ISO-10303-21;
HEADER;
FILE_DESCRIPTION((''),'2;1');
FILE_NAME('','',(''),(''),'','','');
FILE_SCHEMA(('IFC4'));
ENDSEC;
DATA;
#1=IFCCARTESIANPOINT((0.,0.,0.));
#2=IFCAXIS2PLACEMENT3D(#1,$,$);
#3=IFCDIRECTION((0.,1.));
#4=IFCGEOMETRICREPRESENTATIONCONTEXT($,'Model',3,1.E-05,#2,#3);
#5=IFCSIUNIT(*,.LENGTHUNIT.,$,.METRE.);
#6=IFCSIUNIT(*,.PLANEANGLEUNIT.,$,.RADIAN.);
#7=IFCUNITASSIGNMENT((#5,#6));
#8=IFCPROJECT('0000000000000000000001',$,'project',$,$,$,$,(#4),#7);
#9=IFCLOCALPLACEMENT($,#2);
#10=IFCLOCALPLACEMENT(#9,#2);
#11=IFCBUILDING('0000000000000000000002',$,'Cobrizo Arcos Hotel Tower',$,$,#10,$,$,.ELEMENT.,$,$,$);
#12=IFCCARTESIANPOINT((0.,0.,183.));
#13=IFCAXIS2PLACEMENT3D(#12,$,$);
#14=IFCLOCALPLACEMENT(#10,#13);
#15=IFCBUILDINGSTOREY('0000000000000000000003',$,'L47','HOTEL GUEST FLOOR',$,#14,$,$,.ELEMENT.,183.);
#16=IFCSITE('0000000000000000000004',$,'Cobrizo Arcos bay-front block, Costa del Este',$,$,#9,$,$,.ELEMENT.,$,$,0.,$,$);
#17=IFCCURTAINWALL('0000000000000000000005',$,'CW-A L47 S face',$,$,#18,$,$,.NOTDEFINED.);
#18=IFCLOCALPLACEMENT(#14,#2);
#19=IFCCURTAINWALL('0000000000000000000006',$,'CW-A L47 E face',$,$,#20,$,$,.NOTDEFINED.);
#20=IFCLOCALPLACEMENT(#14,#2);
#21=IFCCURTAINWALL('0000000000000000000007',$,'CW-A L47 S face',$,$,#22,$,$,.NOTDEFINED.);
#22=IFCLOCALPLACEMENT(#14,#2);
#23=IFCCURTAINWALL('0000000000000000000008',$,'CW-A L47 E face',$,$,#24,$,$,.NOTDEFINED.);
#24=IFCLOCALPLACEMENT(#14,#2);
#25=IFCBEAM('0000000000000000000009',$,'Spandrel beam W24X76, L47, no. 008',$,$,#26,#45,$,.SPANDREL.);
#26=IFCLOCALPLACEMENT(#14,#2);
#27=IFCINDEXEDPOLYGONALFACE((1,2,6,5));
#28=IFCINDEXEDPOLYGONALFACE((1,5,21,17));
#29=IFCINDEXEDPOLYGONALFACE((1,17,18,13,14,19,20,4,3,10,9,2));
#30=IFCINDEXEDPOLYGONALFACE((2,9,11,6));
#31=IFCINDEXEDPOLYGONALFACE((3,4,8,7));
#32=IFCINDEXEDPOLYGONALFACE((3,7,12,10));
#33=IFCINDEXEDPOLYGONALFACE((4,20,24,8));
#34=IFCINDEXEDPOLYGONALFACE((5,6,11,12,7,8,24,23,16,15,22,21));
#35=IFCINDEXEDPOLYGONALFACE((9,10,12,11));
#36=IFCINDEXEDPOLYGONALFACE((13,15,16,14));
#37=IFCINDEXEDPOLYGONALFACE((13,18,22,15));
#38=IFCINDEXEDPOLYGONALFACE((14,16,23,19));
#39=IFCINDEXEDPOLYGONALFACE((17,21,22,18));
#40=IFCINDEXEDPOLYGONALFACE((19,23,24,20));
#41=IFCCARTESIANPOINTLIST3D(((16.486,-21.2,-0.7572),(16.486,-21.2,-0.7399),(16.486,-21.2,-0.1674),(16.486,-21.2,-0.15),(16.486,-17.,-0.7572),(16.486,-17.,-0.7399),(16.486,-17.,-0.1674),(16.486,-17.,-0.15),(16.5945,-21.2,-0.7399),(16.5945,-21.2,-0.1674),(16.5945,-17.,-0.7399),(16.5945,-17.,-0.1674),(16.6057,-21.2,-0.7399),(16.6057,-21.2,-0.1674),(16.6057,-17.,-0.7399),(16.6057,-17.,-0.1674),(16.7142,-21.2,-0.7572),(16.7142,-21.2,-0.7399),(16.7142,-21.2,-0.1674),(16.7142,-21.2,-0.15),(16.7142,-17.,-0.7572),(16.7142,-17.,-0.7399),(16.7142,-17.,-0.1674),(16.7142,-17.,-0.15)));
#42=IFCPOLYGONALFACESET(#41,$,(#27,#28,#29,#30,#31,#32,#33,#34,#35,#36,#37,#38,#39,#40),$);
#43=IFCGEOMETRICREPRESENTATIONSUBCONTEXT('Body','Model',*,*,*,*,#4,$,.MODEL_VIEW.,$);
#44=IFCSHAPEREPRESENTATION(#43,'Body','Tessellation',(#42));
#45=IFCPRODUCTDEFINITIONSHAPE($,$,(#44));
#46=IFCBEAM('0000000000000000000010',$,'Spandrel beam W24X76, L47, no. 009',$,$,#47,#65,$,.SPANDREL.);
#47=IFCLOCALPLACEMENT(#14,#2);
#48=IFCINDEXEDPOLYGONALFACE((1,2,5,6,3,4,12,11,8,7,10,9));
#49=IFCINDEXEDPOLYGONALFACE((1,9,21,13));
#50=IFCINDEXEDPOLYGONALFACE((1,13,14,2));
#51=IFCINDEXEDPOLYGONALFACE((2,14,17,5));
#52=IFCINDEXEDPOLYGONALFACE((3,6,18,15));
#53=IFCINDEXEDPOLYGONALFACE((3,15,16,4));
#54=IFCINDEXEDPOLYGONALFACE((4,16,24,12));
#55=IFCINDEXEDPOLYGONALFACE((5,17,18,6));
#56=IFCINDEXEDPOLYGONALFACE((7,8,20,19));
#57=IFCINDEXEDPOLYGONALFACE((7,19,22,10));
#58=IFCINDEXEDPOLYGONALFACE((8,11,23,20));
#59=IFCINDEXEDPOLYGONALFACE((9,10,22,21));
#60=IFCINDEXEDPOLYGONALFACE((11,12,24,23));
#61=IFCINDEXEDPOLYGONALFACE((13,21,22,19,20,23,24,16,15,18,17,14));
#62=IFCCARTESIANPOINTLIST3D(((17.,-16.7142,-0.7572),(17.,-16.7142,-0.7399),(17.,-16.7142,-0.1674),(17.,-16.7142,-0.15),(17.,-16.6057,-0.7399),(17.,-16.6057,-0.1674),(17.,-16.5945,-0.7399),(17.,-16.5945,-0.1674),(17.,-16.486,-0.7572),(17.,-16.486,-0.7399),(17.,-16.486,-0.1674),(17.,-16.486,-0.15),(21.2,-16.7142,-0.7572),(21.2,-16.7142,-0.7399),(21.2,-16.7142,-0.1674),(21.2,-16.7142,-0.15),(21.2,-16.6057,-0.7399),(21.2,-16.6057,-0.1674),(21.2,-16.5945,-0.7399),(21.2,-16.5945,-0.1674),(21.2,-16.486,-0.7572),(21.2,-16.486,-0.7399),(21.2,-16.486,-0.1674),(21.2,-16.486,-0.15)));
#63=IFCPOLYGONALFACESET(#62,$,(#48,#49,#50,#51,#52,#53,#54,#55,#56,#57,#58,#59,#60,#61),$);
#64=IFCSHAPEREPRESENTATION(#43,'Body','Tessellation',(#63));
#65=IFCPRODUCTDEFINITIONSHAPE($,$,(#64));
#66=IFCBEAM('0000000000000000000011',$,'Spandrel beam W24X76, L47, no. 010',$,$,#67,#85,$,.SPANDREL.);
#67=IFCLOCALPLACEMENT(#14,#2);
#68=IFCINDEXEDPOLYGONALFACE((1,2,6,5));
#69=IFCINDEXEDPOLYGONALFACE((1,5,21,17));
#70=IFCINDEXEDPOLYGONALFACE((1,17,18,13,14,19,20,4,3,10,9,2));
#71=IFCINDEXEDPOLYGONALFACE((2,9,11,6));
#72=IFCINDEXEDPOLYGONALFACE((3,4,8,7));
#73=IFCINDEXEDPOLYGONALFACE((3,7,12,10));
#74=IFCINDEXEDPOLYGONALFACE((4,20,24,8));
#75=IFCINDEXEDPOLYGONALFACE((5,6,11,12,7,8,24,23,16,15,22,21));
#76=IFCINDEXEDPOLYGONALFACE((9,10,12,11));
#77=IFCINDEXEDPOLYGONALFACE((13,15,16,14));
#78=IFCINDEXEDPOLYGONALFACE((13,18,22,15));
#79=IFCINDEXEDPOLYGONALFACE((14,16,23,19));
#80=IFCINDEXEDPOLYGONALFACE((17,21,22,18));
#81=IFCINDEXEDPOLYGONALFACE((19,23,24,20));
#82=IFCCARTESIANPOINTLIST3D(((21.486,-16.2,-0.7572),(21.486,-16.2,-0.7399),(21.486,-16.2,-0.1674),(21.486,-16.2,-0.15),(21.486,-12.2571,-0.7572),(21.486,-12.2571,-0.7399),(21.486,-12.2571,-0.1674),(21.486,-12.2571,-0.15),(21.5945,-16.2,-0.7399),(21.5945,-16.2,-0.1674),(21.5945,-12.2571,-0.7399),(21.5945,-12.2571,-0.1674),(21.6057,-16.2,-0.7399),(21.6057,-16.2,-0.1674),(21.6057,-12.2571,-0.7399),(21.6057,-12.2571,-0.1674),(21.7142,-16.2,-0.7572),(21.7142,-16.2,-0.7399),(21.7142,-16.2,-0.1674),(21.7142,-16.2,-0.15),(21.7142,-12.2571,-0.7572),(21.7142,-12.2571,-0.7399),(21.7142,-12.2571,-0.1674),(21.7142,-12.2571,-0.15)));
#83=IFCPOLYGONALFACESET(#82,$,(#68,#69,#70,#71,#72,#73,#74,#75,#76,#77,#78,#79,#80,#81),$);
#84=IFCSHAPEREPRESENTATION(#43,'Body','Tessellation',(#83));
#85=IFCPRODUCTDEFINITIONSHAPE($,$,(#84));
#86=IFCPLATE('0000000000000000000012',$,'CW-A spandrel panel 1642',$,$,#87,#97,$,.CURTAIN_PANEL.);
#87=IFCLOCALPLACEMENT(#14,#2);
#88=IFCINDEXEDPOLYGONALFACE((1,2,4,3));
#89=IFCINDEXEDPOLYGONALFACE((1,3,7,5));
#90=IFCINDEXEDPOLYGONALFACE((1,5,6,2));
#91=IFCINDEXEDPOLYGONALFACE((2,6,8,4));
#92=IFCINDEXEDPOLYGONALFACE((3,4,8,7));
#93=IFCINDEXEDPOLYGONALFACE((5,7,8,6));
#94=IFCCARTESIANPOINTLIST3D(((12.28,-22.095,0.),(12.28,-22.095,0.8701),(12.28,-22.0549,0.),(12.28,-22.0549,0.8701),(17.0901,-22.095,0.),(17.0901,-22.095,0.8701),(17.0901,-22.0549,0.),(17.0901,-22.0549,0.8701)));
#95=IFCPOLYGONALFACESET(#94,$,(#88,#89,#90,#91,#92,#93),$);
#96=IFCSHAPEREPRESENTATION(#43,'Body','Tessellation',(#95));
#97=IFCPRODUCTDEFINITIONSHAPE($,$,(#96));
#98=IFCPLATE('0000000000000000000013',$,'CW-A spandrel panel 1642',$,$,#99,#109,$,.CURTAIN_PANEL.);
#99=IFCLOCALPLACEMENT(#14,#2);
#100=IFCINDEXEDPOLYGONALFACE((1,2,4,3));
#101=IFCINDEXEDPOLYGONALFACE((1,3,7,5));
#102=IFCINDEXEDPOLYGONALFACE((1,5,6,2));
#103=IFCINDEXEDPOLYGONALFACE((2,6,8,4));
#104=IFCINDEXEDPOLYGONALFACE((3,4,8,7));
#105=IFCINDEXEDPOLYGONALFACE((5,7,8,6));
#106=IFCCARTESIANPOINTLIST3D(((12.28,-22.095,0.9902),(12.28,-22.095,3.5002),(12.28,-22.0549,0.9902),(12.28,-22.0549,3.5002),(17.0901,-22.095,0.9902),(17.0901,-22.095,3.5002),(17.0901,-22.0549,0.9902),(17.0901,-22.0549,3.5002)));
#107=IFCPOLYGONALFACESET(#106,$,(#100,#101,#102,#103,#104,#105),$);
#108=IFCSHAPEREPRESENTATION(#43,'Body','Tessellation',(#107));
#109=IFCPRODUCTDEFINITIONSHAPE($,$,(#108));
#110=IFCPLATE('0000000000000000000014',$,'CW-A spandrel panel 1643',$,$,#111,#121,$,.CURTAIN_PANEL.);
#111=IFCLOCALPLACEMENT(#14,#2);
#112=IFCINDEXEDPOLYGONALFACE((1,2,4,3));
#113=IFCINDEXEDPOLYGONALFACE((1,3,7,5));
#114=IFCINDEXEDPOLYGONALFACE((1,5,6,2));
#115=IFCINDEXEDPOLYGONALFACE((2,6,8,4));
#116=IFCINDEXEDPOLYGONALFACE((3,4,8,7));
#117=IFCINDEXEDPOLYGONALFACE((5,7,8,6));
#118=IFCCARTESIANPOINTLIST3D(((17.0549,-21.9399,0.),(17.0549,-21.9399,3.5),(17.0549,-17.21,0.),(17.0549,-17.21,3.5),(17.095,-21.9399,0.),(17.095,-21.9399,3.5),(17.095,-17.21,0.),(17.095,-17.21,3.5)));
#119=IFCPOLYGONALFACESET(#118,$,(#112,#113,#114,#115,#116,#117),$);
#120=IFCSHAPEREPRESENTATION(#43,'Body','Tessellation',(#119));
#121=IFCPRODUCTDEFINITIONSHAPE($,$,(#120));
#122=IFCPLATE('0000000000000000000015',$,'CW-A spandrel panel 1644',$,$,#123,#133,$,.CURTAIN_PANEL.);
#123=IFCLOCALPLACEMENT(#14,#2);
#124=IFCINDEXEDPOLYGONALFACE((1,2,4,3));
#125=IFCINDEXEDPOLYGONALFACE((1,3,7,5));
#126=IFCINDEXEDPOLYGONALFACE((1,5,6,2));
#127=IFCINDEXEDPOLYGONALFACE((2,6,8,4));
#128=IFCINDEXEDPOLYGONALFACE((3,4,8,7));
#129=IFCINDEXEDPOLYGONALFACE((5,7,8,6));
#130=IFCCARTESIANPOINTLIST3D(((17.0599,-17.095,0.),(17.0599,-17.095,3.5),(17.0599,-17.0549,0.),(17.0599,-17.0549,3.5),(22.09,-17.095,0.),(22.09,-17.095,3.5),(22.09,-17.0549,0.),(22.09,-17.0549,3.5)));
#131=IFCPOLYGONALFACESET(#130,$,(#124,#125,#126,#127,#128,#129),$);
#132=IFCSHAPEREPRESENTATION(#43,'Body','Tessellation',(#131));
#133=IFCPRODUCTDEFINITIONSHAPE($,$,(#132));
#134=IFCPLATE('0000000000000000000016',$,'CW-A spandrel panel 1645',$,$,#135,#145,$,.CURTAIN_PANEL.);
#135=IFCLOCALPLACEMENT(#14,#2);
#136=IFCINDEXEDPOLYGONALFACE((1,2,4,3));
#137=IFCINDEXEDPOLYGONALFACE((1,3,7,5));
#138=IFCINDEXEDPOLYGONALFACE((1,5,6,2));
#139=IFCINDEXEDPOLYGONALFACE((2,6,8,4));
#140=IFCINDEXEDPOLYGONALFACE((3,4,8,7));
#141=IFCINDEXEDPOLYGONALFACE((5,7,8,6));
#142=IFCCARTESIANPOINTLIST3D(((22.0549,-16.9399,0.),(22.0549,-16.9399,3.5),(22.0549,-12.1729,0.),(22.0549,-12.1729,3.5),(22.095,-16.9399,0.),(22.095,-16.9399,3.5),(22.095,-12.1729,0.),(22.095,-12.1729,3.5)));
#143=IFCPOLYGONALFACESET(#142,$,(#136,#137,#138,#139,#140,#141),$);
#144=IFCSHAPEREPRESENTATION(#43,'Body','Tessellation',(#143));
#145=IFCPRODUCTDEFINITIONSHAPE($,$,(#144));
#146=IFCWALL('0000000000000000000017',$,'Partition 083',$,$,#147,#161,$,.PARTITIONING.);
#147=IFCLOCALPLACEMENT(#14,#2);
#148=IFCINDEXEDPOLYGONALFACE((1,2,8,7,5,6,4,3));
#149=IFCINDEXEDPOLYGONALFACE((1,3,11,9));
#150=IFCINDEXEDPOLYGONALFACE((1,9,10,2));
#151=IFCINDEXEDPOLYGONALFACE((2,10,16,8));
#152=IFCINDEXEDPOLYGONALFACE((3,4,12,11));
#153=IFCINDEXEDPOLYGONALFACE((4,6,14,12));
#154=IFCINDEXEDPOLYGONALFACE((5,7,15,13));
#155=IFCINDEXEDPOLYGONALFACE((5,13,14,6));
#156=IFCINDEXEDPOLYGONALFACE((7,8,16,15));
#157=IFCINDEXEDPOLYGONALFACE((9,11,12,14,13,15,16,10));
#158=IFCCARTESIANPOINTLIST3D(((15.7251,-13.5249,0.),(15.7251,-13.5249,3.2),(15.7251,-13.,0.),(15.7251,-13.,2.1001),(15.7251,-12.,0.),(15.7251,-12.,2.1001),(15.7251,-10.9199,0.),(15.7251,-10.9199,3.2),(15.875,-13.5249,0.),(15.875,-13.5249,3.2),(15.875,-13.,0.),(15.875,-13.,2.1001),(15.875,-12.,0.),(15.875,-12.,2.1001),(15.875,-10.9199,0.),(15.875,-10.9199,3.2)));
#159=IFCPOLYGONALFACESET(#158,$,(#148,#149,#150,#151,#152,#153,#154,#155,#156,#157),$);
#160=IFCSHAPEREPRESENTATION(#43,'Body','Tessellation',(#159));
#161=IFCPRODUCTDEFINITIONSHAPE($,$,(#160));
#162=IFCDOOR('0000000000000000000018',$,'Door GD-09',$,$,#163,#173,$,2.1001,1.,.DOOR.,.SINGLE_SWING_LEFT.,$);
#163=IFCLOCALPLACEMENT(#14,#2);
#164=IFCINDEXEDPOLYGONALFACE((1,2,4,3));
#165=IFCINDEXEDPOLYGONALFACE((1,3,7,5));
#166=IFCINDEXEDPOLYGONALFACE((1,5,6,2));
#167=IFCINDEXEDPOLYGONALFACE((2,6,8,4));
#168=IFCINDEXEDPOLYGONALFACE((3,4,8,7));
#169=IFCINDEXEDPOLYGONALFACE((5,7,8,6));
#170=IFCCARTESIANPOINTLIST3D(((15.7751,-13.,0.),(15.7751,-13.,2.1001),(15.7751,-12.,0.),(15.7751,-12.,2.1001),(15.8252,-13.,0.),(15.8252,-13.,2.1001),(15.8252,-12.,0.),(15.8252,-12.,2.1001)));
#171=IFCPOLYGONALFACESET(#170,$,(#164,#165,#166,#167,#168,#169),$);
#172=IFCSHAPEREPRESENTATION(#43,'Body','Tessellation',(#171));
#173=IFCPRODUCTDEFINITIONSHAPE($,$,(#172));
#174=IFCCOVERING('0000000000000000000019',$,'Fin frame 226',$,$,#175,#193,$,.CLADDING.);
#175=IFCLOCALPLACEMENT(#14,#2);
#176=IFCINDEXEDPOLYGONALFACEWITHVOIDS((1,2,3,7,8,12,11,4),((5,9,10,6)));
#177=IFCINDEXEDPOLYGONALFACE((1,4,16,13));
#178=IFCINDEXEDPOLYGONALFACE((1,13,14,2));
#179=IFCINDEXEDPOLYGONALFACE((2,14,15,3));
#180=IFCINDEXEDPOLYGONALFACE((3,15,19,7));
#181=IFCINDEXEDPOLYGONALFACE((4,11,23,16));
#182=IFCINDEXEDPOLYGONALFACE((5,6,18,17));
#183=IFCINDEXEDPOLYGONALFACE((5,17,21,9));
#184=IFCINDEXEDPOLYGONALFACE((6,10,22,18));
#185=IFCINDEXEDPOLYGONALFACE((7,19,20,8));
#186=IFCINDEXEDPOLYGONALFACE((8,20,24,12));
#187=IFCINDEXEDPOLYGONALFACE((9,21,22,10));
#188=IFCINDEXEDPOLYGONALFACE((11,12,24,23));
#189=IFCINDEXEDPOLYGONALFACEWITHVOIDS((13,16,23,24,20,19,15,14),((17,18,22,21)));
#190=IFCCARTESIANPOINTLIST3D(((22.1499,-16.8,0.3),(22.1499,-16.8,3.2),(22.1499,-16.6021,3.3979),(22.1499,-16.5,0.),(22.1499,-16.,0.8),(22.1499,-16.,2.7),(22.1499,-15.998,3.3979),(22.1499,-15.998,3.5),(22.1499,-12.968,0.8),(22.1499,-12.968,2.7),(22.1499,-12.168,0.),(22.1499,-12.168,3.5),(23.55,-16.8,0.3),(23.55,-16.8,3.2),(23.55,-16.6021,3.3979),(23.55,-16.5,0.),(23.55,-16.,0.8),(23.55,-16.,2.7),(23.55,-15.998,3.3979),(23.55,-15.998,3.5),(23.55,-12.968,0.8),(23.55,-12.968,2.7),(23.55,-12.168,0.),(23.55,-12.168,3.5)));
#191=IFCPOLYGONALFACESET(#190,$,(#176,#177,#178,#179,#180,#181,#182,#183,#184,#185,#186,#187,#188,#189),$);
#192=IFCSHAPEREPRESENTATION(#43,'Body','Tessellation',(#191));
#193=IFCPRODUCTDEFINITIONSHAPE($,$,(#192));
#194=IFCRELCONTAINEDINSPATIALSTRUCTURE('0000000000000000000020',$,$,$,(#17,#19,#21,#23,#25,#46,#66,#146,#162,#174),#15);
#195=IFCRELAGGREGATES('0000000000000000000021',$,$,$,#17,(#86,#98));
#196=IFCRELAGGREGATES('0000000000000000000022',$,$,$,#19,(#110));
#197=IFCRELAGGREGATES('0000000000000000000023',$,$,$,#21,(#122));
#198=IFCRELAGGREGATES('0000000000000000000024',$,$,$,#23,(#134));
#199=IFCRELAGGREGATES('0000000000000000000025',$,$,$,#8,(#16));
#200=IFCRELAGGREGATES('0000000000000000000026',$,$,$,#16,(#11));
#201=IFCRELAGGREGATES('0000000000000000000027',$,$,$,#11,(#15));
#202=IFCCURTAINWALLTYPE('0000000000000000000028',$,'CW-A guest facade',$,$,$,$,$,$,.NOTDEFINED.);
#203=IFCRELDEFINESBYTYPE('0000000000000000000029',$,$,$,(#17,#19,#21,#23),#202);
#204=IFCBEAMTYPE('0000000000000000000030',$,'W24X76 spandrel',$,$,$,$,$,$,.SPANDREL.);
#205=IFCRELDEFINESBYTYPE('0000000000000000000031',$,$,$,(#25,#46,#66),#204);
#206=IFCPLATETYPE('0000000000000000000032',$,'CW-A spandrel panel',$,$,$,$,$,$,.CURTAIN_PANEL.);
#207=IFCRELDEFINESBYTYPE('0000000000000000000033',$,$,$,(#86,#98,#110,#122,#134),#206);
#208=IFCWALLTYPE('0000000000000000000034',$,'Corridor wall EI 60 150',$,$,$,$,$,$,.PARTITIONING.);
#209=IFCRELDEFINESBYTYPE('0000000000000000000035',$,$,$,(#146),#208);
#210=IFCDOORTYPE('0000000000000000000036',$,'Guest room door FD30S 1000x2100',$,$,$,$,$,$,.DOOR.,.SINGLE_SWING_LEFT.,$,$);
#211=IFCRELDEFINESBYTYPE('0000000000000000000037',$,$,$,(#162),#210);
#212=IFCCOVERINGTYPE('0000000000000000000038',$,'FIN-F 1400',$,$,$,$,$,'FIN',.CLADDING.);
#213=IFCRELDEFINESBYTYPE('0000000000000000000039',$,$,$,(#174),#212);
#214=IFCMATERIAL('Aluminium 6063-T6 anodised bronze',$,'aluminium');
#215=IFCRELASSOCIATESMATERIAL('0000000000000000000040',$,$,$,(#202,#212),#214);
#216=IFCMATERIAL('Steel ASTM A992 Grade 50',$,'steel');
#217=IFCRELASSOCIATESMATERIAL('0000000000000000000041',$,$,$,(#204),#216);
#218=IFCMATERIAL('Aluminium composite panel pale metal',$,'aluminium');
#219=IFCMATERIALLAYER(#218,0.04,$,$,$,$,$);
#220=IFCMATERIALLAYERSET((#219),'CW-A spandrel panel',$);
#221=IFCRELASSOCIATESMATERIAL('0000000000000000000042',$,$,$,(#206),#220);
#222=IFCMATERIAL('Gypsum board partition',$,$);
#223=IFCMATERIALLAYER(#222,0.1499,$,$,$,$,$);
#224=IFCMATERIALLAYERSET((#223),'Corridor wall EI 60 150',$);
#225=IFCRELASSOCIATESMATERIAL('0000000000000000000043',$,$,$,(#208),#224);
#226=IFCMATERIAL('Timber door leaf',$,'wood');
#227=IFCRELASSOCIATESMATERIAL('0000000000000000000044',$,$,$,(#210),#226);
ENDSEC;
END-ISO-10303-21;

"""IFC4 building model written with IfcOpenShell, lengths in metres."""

from ifc_helpers import new_model, si_unit, direction, frame, frame_2d, origin, origin_2d, place, context, subcontext, project, spatial, polyline, rectangle, i_section, outline, extrude, material, layer, layer_set, material_profile, profile_set, type_object, element, fill, aggregate, save


model = new_model("IFC4")

# Units and contexts
model_context = context("Model", 3, precision=1e-05, world=origin(), true_north=direction((0.0, 1.0)))
body_context = subcontext(model_context, "Body", "Model", "MODEL_VIEW")
ifc_project = project(units=[si_unit("LENGTHUNIT", "METRE"), si_unit("PLANEANGLEUNIT", "RADIAN")], contexts=[model_context])

# Site, building, storey
site_placement = place(None, origin())
site = spatial("IfcSite", under=ifc_project, at=site_placement, Name="Cobrizo Arcos bay-front block, Costa del Este", CompositionType="ELEMENT", RefElevation=0.0)
building_placement = place(site_placement, origin())
building = spatial("IfcBuilding", under=site, at=building_placement, Name="Cobrizo Arcos Hotel Tower", CompositionType="ELEMENT")
storey_placement = place(building_placement, frame((0.0, 0.0, 183.0)))
storey = spatial("IfcBuildingStorey", under=building, at=storey_placement, Name="L47", Description="HOTEL GUEST FLOOR", CompositionType="ELEMENT", Elevation=183.0)

# Curtain wall
ifc_material_1 = material(Name="Aluminium 6063-T6 anodised bronze", Category="aluminium")
curtain_wall_type = type_object("IfcCurtainWallType", Name="CW-A guest facade", PredefinedType="NOTDEFINED", material=ifc_material_1)
curtain_wall_1_placement = place(storey_placement, origin())
curtain_wall_1 = element("IfcCurtainWall", 1, at=curtain_wall_1_placement, inside=storey, type_object=curtain_wall_type, Name="CW-A L47 S face", PredefinedType="NOTDEFINED")

# Curtain walls
curtain_wall_2_placement = place(storey_placement, origin())
curtain_wall_2 = element("IfcCurtainWall", 2, at=curtain_wall_2_placement, inside=storey, type_object=curtain_wall_type, Name="CW-A L47 E face", PredefinedType="NOTDEFINED")
curtain_wall_3_placement = place(storey_placement, origin())
curtain_wall_3 = element("IfcCurtainWall", 3, at=curtain_wall_3_placement, inside=storey, type_object=curtain_wall_type, Name="CW-A L47 S face", PredefinedType="NOTDEFINED")
curtain_wall_4_placement = place(storey_placement, origin())
curtain_wall_4 = element("IfcCurtainWall", 4, at=curtain_wall_4_placement, inside=storey, type_object=curtain_wall_type, Name="CW-A L47 E face", PredefinedType="NOTDEFINED")

# Beams
ifc_material_2 = material(Name="Steel ASTM A992 Grade 50", Category="steel")
ifc_material_profile_1 = material_profile(ifc_material_2, i_section(OverallWidth=0.2283, OverallDepth=0.6072, WebThickness=0.0112, FlangeThickness=0.0173, at=origin_2d()), Name="W24X76")
ifc_profile_set_1 = profile_set([ifc_material_profile_1], Name="Steel ASTM A992 Grade 50")
beam_type_1 = type_object("IfcBeamType", Name="W24X76 spandrel", PredefinedType="SPANDREL", material=ifc_profile_set_1)
for number, where, z_axis, x_axis, name in (
    (5, (16.6001, -21.2, -0.4536), (0.0, 1.0, 0.0), (-1.0, 0.0, 0.0), "Spandrel beam W24X76, L47, no. 008"),
    (6, (17.0, -16.6001, -0.4536), (1.0, 0.0, 0.0), (0.0, 1.0, 0.0), "Spandrel beam W24X76, L47, no. 009"),
):
    element("IfcBeam", number, at=place(storey_placement, frame(where, z_axis=z_axis, x_axis=x_axis)), inside=storey, type_object=beam_type_1, Name=name, PredefinedType="SPANDREL", context=body_context, shape_type="SweptSolid", body=[
        extrude(i_section(OverallWidth=0.2283, OverallDepth=0.6072, WebThickness=0.0112, FlangeThickness=0.0173, at=origin_2d()), origin(), (0.0, 0.0, 1.0), 4.2),
    ])
beam_1_placement = place(storey_placement, frame((21.6001, -16.2, -0.4536), z_axis=(0.0, 1.0, 0.0), x_axis=(-1.0, 0.0, 0.0)))
element("IfcBeam", 7, at=beam_1_placement, inside=storey, type_object=beam_type_1, Name="Spandrel beam W24X76, L47, no. 010", PredefinedType="SPANDREL", context=body_context, shape_type="SweptSolid", body=[
    extrude(i_section(OverallWidth=0.2283, OverallDepth=0.6072, WebThickness=0.0112, FlangeThickness=0.0173, at=origin_2d()), origin(), (0.0, 0.0, 1.0), 3.9429),
])

# Plates
ifc_material_3 = material(Name="Aluminium composite panel pale metal", Category="aluminium")
ifc_layer_1 = layer(ifc_material_3, 0.04)
ifc_layer_set_1 = layer_set([ifc_layer_1], Name="CW-A spandrel panel")
plate_type = type_object("IfcPlateType", Name="CW-A spandrel panel", PredefinedType="CURTAIN_PANEL", material=ifc_layer_set_1)
plate_1_placement = place(storey_placement, frame((14.6851, -22.075, 0.0), z_axis=(0.0, 0.0, 1.0), x_axis=(1.0, 0.0, 0.0)))
plate_1 = element("IfcPlate", 8, at=plate_1_placement, type_object=plate_type, Name="CW-A spandrel panel 1642", PredefinedType="CURTAIN_PANEL", context=body_context, shape_type="SweptSolid", body=[
    extrude(rectangle(XDim=4.8101, YDim=0.04, at=origin_2d()), origin(), (0.0, 0.0, 1.0), 0.8701),
])
plate_2_placement = place(storey_placement, frame((14.6851, -22.075, 0.9902), z_axis=(0.0, 0.0, 1.0), x_axis=(1.0, 0.0, 0.0)))
plate_2 = element("IfcPlate", 9, at=plate_2_placement, type_object=plate_type, Name="CW-A spandrel panel 1642", PredefinedType="CURTAIN_PANEL", context=body_context, shape_type="SweptSolid", body=[
    extrude(rectangle(XDim=4.8101, YDim=0.04, at=origin_2d()), origin(), (0.0, 0.0, 1.0), 2.51),
])
aggregate(curtain_wall_1, [plate_1, plate_2])
plate_3_placement = place(storey_placement, frame((17.075, -19.575, 0.0), z_axis=(0.0, 0.0, 1.0), x_axis=(0.0, 1.0, 0.0)))
plate_3 = element("IfcPlate", 10, at=plate_3_placement, type_object=plate_type, Name="CW-A spandrel panel 1643", PredefinedType="CURTAIN_PANEL", context=body_context, shape_type="SweptSolid", body=[
    extrude(rectangle(XDim=4.73, YDim=0.04, at=origin_2d()), origin(), (0.0, 0.0, 1.0), 3.5),
])
aggregate(curtain_wall_2, [plate_3])
plate_4_placement = place(storey_placement, frame((19.575, -17.075, 0.0), z_axis=(0.0, 0.0, 1.0), x_axis=(1.0, 0.0, 0.0)))
plate_4 = element("IfcPlate", 11, at=plate_4_placement, type_object=plate_type, Name="CW-A spandrel panel 1644", PredefinedType="CURTAIN_PANEL", context=body_context, shape_type="SweptSolid", body=[
    extrude(rectangle(XDim=5.03, YDim=0.04, at=origin_2d()), origin(), (0.0, 0.0, 1.0), 3.5),
])
aggregate(curtain_wall_3, [plate_4])
plate_5_placement = place(storey_placement, frame((22.075, -14.5564, 0.0), z_axis=(0.0, 0.0, 1.0), x_axis=(0.0, 1.0, 0.0)))
plate_5 = element("IfcPlate", 12, at=plate_5_placement, type_object=plate_type, Name="CW-A spandrel panel 1645", PredefinedType="CURTAIN_PANEL", context=body_context, shape_type="SweptSolid", body=[
    extrude(rectangle(XDim=4.7671, YDim=0.04, at=origin_2d()), origin(), (0.0, 0.0, 1.0), 3.5),
])
aggregate(curtain_wall_4, [plate_5])

# Wall, opening, door
ifc_material_4 = material(Name="Gypsum board partition")
ifc_layer_2 = layer(ifc_material_4, 0.1499)
ifc_layer_set_2 = layer_set([ifc_layer_2], Name="Corridor wall EI 60 150")
wall_type = type_object("IfcWallType", Name="Corridor wall EI 60 150", PredefinedType="PARTITIONING", material=ifc_layer_set_2)
wall_placement = place(storey_placement, frame((15.8, -13.5249, 0.0), z_axis=(0.0, 0.0, 1.0), x_axis=(0.0, 1.0, 0.0)))
wall = element("IfcWall", 13, at=wall_placement, inside=storey, type_object=wall_type, Name="Partition 083", PredefinedType="PARTITIONING", context=body_context, shape_type="SweptSolid", body=[
    extrude(rectangle(XDim=2.605, YDim=0.1499, at=frame_2d((1.3025, 0.0))), origin(), (0.0, 0.0, 1.0), 3.2),
])
opening_placement = place(wall_placement, frame((0.5249, 0.0, 0.0)))
opening = element("IfcOpeningElement", 14, at=opening_placement, cuts=wall, PredefinedType="OPENING", context=body_context, shape_type="SweptSolid", body=[
    extrude(rectangle(XDim=1.0, YDim=2.1001, at=frame_2d((0.5, 1.05))), frame((0.0, 0.0869, 0.0), z_axis=(0.0, -1.0, 0.0), x_axis=(1.0, 0.0, 0.0)), (0.0, 0.0, 1.0), 0.1738),
])
ifc_material_5 = material(Name="Timber door leaf", Category="wood")
door_type = type_object("IfcDoorType", Name="Guest room door FD30S 1000x2100", OperationType="SINGLE_SWING_LEFT", PredefinedType="DOOR", material=ifc_material_5)
door_placement = place(opening_placement, origin())
door = element("IfcDoor", 15, at=door_placement, inside=storey, type_object=door_type, Name="Door GD-09", OperationType="SINGLE_SWING_LEFT", OverallHeight=2.1001, OverallWidth=1.0, PredefinedType="DOOR", context=body_context, shape_type="SweptSolid", body=[
    extrude(rectangle(XDim=1.0, YDim=2.1001, at=frame_2d((0.5, 1.05))), frame((0.0, 0.0249, 0.0), z_axis=(0.0, -1.0, 0.0), x_axis=(1.0, 0.0, 0.0)), (0.0, 0.0, 1.0), 0.05),
])
fill(opening, door)

# Covering
covering_type_1 = type_object("IfcCoveringType", Name="FIN-F 1400", ElementType="FIN", PredefinedType="CLADDING", material=ifc_material_1)
covering_1_placement = place(storey_placement, frame((22.1499, -16.8, 0.0), z_axis=(1.0, 0.0, 0.0), x_axis=(0.0, 1.0, 0.0)))
element("IfcCovering", 16, at=covering_1_placement, inside=storey, type_object=covering_type_1, Name="Fin frame 226", PredefinedType="CLADDING", context=body_context, shape_type="SweptSolid", body=[
    extrude(outline(polyline([(4.6321, 3.5), (0.802, 3.5), (0.802, 3.3979), (0.198, 3.3979), (0.0, 3.2), (0.0, 0.3), (0.3, 0.0), (4.6321, 0.0), (4.6321, 3.5)]), holes=[polyline([(3.832, 0.8), (0.8, 0.8), (0.8, 2.7), (3.832, 2.7), (3.832, 0.8)])]), origin(), (0.0, 0.0, 1.0), 1.4001),
])

save(model, "model.ifc")
